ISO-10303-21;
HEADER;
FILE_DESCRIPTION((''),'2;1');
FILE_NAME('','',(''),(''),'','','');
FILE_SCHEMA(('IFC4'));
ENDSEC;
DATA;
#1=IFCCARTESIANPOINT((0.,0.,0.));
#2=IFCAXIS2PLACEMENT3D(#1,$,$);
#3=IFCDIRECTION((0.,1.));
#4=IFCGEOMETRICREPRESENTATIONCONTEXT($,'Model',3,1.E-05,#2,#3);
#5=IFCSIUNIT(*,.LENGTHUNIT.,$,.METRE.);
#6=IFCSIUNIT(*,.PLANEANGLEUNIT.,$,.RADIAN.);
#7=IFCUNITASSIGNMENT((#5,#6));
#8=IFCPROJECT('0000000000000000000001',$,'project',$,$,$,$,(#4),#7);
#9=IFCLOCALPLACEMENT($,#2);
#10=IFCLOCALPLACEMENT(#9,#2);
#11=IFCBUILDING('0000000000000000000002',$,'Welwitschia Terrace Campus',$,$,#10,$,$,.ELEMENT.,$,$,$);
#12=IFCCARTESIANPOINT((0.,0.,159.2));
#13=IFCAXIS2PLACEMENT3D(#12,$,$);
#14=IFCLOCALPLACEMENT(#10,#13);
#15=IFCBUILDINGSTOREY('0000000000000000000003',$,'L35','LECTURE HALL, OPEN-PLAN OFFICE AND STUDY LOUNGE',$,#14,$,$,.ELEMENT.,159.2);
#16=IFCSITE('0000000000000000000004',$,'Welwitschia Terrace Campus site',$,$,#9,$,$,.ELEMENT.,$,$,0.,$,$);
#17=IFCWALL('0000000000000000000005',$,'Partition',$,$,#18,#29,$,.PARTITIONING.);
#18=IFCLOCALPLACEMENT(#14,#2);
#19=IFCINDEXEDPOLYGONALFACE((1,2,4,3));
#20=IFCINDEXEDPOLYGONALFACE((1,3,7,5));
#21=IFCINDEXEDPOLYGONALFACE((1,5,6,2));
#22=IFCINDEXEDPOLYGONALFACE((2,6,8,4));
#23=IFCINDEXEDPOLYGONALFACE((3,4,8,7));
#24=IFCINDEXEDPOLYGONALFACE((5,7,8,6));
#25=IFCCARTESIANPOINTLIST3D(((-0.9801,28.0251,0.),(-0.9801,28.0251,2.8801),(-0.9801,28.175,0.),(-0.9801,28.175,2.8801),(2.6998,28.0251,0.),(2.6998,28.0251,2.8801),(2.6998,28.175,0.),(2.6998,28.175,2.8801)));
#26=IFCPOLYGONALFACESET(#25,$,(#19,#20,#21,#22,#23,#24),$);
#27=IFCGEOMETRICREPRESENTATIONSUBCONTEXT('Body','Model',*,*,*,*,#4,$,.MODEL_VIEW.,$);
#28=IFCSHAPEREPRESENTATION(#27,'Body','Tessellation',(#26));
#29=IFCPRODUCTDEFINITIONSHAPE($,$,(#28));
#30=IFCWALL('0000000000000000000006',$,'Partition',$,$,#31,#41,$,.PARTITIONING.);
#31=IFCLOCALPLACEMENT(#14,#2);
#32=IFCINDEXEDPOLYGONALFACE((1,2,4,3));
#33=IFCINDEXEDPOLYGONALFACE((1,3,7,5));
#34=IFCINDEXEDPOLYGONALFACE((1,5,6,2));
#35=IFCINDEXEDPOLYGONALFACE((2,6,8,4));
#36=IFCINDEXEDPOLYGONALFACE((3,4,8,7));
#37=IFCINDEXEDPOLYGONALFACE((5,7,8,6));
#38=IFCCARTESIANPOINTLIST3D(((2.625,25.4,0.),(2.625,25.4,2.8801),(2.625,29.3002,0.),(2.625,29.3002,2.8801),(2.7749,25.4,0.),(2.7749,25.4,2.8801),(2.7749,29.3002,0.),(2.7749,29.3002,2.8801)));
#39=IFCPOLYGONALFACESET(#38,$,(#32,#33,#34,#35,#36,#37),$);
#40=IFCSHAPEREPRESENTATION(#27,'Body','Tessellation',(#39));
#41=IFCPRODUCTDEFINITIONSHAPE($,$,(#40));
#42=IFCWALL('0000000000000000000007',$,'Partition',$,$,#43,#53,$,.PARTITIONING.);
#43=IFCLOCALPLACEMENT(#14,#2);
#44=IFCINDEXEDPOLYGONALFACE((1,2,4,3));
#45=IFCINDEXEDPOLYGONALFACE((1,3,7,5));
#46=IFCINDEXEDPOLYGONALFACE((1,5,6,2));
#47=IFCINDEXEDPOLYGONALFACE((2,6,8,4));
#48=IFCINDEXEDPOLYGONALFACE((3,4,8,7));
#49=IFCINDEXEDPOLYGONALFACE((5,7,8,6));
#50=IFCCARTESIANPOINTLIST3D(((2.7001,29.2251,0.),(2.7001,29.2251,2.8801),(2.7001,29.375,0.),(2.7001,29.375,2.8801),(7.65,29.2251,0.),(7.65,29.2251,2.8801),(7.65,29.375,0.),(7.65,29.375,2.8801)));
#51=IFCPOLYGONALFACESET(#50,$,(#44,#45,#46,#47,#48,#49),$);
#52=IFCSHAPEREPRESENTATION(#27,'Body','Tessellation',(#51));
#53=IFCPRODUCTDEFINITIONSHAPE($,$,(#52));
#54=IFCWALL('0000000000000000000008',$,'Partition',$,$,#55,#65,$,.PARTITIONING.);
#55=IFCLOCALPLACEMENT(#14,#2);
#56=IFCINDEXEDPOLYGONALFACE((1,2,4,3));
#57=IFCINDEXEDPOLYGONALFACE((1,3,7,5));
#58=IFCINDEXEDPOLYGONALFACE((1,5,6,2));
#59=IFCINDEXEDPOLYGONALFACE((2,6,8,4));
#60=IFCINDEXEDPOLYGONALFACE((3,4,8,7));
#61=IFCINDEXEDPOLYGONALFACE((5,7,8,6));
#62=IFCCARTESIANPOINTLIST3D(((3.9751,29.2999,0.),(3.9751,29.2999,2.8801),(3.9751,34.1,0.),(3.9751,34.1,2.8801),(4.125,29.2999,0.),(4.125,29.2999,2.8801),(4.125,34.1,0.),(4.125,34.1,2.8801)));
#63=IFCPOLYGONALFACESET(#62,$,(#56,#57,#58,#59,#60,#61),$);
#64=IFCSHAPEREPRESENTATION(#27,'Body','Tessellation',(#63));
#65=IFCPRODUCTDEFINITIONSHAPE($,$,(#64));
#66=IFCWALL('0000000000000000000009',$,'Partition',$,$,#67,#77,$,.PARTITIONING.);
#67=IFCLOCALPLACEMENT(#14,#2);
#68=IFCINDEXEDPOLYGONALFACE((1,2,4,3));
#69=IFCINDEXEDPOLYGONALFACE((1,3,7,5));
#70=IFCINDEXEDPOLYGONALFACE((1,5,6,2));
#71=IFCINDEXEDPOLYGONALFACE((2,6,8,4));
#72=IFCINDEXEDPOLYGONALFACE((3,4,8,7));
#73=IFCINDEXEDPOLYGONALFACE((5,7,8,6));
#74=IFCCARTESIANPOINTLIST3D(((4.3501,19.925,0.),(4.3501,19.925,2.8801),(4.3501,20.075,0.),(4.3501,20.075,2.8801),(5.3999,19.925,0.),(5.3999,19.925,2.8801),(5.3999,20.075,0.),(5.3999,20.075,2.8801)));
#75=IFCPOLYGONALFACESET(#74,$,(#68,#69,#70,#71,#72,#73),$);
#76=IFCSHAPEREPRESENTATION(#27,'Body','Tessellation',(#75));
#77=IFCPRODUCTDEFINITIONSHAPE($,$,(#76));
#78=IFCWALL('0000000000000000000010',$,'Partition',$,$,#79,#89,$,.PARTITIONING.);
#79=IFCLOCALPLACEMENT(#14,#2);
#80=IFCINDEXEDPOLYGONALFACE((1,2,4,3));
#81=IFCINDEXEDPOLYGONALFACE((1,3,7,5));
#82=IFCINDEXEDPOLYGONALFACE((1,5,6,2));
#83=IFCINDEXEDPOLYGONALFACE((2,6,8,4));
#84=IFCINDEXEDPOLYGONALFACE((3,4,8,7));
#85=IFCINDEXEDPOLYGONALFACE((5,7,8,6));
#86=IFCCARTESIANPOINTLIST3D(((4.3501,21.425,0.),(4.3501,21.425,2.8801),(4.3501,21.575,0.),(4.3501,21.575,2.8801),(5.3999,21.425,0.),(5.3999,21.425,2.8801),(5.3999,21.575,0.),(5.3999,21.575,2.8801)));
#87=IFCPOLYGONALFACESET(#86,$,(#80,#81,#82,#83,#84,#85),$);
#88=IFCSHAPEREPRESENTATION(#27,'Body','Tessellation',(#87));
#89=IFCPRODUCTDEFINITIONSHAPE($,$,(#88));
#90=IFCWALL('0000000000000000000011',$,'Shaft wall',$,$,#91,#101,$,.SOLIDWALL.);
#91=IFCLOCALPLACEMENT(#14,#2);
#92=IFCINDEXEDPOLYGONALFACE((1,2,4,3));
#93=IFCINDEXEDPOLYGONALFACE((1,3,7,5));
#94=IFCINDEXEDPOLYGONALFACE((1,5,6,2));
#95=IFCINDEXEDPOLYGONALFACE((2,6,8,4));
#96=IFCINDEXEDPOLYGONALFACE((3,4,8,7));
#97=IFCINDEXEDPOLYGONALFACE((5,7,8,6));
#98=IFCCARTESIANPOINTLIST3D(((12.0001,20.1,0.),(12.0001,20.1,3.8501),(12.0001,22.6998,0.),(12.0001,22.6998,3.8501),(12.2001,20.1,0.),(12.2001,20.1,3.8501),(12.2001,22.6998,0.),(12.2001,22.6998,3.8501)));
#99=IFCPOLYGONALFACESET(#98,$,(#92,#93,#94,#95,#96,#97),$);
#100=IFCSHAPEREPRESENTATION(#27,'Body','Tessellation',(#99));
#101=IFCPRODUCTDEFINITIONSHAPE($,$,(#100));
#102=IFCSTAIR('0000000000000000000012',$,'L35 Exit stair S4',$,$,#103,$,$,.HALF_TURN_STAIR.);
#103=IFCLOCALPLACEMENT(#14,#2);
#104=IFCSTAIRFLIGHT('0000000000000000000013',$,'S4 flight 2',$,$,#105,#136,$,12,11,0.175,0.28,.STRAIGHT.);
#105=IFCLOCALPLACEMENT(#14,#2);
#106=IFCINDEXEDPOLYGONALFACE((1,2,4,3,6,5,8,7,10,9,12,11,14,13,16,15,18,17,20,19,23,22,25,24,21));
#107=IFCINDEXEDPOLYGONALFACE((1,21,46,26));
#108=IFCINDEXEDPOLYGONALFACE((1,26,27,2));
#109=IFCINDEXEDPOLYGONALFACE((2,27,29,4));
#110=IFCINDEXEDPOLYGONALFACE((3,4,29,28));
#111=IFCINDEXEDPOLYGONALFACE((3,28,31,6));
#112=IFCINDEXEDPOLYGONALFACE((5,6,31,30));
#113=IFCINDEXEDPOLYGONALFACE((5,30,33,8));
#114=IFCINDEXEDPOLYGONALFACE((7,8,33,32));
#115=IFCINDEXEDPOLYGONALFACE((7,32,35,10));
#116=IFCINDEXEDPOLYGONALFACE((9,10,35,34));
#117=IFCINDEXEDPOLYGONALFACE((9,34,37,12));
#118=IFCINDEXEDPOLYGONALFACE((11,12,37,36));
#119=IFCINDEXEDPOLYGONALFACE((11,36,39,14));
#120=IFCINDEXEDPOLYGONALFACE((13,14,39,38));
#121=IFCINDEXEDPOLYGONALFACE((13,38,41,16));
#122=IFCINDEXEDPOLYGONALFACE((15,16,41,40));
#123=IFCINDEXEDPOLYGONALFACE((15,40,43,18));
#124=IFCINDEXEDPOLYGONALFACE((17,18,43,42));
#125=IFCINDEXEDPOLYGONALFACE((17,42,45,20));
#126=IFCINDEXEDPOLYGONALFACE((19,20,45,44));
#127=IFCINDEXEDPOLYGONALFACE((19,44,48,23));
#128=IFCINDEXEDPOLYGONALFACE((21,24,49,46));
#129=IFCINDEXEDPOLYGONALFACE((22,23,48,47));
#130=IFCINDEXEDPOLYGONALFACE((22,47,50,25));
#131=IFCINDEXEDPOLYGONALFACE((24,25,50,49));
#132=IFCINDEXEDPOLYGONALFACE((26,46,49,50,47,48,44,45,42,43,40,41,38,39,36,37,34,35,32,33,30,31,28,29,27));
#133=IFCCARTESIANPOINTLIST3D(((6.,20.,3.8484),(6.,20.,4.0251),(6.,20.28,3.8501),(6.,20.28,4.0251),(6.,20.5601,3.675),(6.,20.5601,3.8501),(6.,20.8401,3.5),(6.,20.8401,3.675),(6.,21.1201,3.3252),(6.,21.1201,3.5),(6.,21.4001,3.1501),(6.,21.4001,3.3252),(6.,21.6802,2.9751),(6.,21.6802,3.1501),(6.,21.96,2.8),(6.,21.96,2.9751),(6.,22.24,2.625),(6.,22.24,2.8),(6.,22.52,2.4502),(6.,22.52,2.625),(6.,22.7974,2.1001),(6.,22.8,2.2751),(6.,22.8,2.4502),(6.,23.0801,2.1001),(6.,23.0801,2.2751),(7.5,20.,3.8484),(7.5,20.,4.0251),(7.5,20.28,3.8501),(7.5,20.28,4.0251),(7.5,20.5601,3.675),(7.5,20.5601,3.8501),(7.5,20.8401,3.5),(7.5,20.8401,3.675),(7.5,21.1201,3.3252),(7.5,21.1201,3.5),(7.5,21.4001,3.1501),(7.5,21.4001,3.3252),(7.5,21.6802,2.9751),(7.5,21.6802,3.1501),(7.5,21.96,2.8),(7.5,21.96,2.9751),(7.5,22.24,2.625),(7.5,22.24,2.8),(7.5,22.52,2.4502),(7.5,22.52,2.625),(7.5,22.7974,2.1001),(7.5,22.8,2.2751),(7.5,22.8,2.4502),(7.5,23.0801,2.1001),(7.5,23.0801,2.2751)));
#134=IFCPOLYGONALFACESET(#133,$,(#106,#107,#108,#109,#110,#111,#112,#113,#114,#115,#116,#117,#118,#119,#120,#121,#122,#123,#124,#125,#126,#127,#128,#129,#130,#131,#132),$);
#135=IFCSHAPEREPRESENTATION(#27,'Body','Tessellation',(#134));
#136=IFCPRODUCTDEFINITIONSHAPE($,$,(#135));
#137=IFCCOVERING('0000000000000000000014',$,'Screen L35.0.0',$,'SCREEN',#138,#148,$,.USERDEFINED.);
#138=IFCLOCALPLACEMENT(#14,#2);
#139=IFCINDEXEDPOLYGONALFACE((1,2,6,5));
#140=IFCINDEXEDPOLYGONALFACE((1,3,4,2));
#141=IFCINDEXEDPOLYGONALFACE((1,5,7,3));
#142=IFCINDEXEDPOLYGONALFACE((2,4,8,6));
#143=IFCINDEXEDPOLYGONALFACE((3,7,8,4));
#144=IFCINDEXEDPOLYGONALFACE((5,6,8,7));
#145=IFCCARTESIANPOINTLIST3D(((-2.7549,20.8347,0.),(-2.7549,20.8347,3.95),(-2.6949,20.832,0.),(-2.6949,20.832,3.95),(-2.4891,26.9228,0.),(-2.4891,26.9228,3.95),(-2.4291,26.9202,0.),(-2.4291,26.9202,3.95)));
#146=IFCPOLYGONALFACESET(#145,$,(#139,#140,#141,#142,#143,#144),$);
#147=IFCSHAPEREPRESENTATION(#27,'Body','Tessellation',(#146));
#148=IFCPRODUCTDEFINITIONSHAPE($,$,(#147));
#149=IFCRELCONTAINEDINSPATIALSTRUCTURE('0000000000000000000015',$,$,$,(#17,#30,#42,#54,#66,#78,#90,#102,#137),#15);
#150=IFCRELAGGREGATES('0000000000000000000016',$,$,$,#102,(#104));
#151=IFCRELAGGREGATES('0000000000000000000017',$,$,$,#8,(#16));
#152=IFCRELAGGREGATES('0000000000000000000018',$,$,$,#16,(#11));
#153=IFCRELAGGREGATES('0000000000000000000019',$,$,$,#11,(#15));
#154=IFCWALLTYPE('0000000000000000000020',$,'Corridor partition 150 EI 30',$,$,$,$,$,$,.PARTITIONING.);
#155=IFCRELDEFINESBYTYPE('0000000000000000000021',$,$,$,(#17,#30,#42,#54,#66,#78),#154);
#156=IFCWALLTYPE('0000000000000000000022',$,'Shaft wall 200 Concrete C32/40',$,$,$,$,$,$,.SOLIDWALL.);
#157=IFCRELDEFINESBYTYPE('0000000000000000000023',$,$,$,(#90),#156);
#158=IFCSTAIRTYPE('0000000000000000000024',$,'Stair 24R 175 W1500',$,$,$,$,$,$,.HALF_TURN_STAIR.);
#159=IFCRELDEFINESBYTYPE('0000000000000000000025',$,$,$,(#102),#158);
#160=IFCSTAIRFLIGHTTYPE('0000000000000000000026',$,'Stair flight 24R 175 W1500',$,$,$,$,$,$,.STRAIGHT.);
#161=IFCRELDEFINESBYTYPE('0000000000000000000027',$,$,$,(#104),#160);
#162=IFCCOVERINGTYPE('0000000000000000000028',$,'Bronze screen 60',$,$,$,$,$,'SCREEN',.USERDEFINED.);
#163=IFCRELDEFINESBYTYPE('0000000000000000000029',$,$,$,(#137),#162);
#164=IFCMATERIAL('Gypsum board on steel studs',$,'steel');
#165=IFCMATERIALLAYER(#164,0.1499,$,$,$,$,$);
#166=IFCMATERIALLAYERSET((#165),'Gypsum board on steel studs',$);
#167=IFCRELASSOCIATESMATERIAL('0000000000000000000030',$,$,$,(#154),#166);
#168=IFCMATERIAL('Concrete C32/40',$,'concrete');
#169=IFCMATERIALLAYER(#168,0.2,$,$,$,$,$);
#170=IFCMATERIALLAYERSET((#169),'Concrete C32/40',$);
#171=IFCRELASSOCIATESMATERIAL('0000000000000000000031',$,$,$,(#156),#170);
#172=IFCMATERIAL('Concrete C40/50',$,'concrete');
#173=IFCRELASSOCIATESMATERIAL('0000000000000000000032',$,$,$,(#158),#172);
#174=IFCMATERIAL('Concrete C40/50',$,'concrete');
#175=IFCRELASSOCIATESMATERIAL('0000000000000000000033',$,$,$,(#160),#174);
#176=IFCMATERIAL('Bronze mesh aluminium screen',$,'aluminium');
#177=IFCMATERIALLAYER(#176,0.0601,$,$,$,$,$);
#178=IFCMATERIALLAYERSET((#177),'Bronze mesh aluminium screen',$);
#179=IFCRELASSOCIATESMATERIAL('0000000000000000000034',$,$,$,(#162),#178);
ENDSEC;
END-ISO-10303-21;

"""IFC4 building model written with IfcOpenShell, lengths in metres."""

from ifc_helpers import new_model, si_unit, direction, frame, frame_2d, origin, origin_2d, place, context, subcontext, project, spatial, polyline, rectangle, outline, extrude, material, layer, layer_set, type_object, element, aggregate, save


model = new_model("IFC4")

# Units and contexts
model_context = context("Model", 3, precision=1e-05, world=origin(), true_north=direction((0.0, 1.0)))
body_context = subcontext(model_context, "Body", "Model", "MODEL_VIEW")
ifc_project = project(units=[si_unit("LENGTHUNIT", "METRE"), si_unit("PLANEANGLEUNIT", "RADIAN")], contexts=[model_context])

# Site, building, storey
site_placement = place(None, origin())
site = spatial("IfcSite", under=ifc_project, at=site_placement, Name="Welwitschia Terrace Campus site", CompositionType="ELEMENT", RefElevation=0.0)
building_placement = place(site_placement, origin())
building = spatial("IfcBuilding", under=site, at=building_placement, Name="Welwitschia Terrace Campus", CompositionType="ELEMENT")
storey_placement = place(building_placement, frame((0.0, 0.0, 159.2)))
storey = spatial("IfcBuildingStorey", under=building, at=storey_placement, Name="L35", Description="LECTURE HALL, OPEN-PLAN OFFICE AND STUDY LOUNGE", CompositionType="ELEMENT", Elevation=159.2)

# Walls
ifc_material_1 = material(Name="Gypsum board on steel studs", Category="steel")
ifc_layer_1 = layer(ifc_material_1, 0.1499)
ifc_layer_set_1 = layer_set([ifc_layer_1], Name="Gypsum board on steel studs")
wall_type_1 = type_object("IfcWallType", Name="Corridor partition 150 EI 30", PredefinedType="PARTITIONING", material=ifc_layer_set_1)
wall_1_placement = place(storey_placement, frame((-0.98, 28.1001, 0.0), z_axis=(0.0, 0.0, 1.0), x_axis=(1.0, 0.0, 0.0)))
element("IfcWall", 1, at=wall_1_placement, inside=storey, type_object=wall_type_1, Name="Partition", PredefinedType="PARTITIONING", context=body_context, shape_type="SweptSolid", body=[
    extrude(rectangle(XDim=3.6799, YDim=0.1499, at=frame_2d((1.8398, 0.0))), origin(), (0.0, 0.0, 1.0), 2.8801),
])
wall_2_placement = place(storey_placement, frame((2.7, 25.3999, 0.0), z_axis=(0.0, 0.0, 1.0), x_axis=(0.0, 1.0, 0.0)))
element("IfcWall", 2, at=wall_2_placement, inside=storey, type_object=wall_type_1, Name="Partition", PredefinedType="PARTITIONING", context=body_context, shape_type="SweptSolid", body=[
    extrude(rectangle(XDim=3.9001, YDim=0.1499, at=frame_2d((1.9502, 0.0))), origin(), (0.0, 0.0, 1.0), 2.8801),
])
wall_3_placement = place(storey_placement, frame((2.7, 29.3, 0.0), z_axis=(0.0, 0.0, 1.0), x_axis=(1.0, 0.0, 0.0)))
element("IfcWall", 3, at=wall_3_placement, inside=storey, type_object=wall_type_1, Name="Partition", PredefinedType="PARTITIONING", context=body_context, shape_type="SweptSolid", body=[
    extrude(rectangle(XDim=4.95, YDim=0.1499, at=frame_2d((2.4751, 0.0))), origin(), (0.0, 0.0, 1.0), 2.8801),
])
wall_4_placement = place(storey_placement, frame((4.05, 29.3, 0.0), z_axis=(0.0, 0.0, 1.0), x_axis=(0.0, 1.0, 0.0)))
element("IfcWall", 4, at=wall_4_placement, inside=storey, type_object=wall_type_1, Name="Partition", PredefinedType="PARTITIONING", context=body_context, shape_type="SweptSolid", body=[
    extrude(rectangle(XDim=4.8, YDim=0.1499, at=frame_2d((2.3999, 0.0))), origin(), (0.0, 0.0, 1.0), 2.8801),
])
for number, where, z_axis, x_axis, name in (
    (5, (4.3501, 20.0, 0.0), (0.0, 0.0, 1.0), (1.0, 0.0, 0.0), "Partition"),
    (6, (4.3501, 21.5, 0.0), (0.0, 0.0, 1.0), (1.0, 0.0, 0.0), "Partition"),
):
    element("IfcWall", number, at=place(storey_placement, frame(where, z_axis=z_axis, x_axis=x_axis)), inside=storey, type_object=wall_type_1, Name=name, PredefinedType="PARTITIONING", context=body_context, shape_type="SweptSolid", body=[
        extrude(rectangle(XDim=1.0498, YDim=0.1499, at=frame_2d((0.5249, 0.0))), origin(), (0.0, 0.0, 1.0), 2.8801),
    ])
ifc_material_2 = material(Name="Concrete C32/40", Category="concrete")
ifc_layer_2 = layer(ifc_material_2, 0.2)
ifc_layer_set_2 = layer_set([ifc_layer_2], Name="Concrete C32/40")
wall_type_2 = type_object("IfcWallType", Name="Shaft wall 200 Concrete C32/40", PredefinedType="SOLIDWALL", material=ifc_layer_set_2)
wall_5_placement = place(storey_placement, frame((12.1001, 20.1001, 0.0), z_axis=(0.0, 0.0, 1.0), x_axis=(0.0, 1.0, 0.0)))
element("IfcWall", 7, at=wall_5_placement, inside=storey, type_object=wall_type_2, Name="Shaft wall", PredefinedType="SOLIDWALL", context=body_context, shape_type="SweptSolid", body=[
    extrude(rectangle(XDim=2.5999, YDim=0.2, at=frame_2d((1.2998, 0.0))), origin(), (0.0, 0.0, 1.0), 3.8501),
])

# Stair, stair flight
ifc_material_3 = material(Name="Concrete C40/50", Category="concrete")
stair_type = type_object("IfcStairType", Name="Stair 24R 175 W1500", PredefinedType="HALF_TURN_STAIR", material=ifc_material_3)
stair_placement = place(storey_placement, origin())
stair = element("IfcStair", 8, at=stair_placement, inside=storey, type_object=stair_type, Name="L35 Exit stair S4", PredefinedType="HALF_TURN_STAIR")
ifc_material_4 = material(Name="Concrete C40/50", Category="concrete")
stair_flight_type = type_object("IfcStairFlightType", Name="Stair flight 24R 175 W1500", PredefinedType="STRAIGHT", material=ifc_material_4)
stair_flight_placement = place(storey_placement, frame((6.75, 23.0801, 2.1001), z_axis=(0.0, 0.0, 1.0), x_axis=(0.0, -1.0, 0.0)))
stair_flight = element("IfcStairFlight", 9, at=stair_flight_placement, type_object=stair_flight_type, Name="S4 flight 2", NumberOfRisers=12, NumberOfTreads=11, PredefinedType="STRAIGHT", RiserHeight=0.175, TreadLength=0.28, context=body_context, shape_type="SweptSolid", body=[
    extrude(outline(polyline([(0.0, 0.0), (0.0, 0.175), (0.28, 0.175), (0.28, 0.3501), (0.5601, 0.3501), (0.5601, 0.5249), (0.8401, 0.5249), (0.8401, 0.7), (1.1201, 0.7), (1.1201, 0.875), (1.3999, 0.875), (1.3999, 1.05), (1.6799, 1.05), (1.6799, 1.2251), (1.96, 1.2251), (1.96, 1.3999), (2.24, 1.3999), (2.24, 1.575), (2.52, 1.575), (2.52, 1.75), (2.8, 1.75), (2.8, 1.925), (3.0801, 1.925), (3.0801, 2.1001), (3.0801, 1.7483), (0.2827, 0.0), (0.0, 0.0)])), frame((0.0, 0.75, 0.0), z_axis=(0.0, -1.0, 0.0), x_axis=(1.0, 0.0, 0.0)), (0.0, 0.0, 1.0), 1.5),
])
aggregate(stair, [stair_flight])

# Covering
ifc_material_5 = material(Name="Bronze mesh aluminium screen", Category="aluminium")
ifc_layer_3 = layer(ifc_material_5, 0.0601)
ifc_layer_set_3 = layer_set([ifc_layer_3], Name="Bronze mesh aluminium screen")
covering_type = type_object("IfcCoveringType", Name="Bronze screen 60", ElementType="SCREEN", PredefinedType="USERDEFINED", material=ifc_layer_set_3)
covering_placement = place(storey_placement, frame((-2.592, 23.8774, 0.0), z_axis=(0.0, 0.0, 1.0), x_axis=(-0.043619, -0.999048, 0.0)))
element("IfcCovering", 10, at=covering_placement, inside=storey, type_object=covering_type, Name="Screen L35.0.0", ObjectType="SCREEN", PredefinedType="USERDEFINED", context=body_context, shape_type="SweptSolid", body=[
    extrude(rectangle(XDim=6.094, YDim=0.0601, at=origin_2d()), origin(), (0.0, 0.0, 1.0), 3.95),
])

save(model, "model.ifc")
